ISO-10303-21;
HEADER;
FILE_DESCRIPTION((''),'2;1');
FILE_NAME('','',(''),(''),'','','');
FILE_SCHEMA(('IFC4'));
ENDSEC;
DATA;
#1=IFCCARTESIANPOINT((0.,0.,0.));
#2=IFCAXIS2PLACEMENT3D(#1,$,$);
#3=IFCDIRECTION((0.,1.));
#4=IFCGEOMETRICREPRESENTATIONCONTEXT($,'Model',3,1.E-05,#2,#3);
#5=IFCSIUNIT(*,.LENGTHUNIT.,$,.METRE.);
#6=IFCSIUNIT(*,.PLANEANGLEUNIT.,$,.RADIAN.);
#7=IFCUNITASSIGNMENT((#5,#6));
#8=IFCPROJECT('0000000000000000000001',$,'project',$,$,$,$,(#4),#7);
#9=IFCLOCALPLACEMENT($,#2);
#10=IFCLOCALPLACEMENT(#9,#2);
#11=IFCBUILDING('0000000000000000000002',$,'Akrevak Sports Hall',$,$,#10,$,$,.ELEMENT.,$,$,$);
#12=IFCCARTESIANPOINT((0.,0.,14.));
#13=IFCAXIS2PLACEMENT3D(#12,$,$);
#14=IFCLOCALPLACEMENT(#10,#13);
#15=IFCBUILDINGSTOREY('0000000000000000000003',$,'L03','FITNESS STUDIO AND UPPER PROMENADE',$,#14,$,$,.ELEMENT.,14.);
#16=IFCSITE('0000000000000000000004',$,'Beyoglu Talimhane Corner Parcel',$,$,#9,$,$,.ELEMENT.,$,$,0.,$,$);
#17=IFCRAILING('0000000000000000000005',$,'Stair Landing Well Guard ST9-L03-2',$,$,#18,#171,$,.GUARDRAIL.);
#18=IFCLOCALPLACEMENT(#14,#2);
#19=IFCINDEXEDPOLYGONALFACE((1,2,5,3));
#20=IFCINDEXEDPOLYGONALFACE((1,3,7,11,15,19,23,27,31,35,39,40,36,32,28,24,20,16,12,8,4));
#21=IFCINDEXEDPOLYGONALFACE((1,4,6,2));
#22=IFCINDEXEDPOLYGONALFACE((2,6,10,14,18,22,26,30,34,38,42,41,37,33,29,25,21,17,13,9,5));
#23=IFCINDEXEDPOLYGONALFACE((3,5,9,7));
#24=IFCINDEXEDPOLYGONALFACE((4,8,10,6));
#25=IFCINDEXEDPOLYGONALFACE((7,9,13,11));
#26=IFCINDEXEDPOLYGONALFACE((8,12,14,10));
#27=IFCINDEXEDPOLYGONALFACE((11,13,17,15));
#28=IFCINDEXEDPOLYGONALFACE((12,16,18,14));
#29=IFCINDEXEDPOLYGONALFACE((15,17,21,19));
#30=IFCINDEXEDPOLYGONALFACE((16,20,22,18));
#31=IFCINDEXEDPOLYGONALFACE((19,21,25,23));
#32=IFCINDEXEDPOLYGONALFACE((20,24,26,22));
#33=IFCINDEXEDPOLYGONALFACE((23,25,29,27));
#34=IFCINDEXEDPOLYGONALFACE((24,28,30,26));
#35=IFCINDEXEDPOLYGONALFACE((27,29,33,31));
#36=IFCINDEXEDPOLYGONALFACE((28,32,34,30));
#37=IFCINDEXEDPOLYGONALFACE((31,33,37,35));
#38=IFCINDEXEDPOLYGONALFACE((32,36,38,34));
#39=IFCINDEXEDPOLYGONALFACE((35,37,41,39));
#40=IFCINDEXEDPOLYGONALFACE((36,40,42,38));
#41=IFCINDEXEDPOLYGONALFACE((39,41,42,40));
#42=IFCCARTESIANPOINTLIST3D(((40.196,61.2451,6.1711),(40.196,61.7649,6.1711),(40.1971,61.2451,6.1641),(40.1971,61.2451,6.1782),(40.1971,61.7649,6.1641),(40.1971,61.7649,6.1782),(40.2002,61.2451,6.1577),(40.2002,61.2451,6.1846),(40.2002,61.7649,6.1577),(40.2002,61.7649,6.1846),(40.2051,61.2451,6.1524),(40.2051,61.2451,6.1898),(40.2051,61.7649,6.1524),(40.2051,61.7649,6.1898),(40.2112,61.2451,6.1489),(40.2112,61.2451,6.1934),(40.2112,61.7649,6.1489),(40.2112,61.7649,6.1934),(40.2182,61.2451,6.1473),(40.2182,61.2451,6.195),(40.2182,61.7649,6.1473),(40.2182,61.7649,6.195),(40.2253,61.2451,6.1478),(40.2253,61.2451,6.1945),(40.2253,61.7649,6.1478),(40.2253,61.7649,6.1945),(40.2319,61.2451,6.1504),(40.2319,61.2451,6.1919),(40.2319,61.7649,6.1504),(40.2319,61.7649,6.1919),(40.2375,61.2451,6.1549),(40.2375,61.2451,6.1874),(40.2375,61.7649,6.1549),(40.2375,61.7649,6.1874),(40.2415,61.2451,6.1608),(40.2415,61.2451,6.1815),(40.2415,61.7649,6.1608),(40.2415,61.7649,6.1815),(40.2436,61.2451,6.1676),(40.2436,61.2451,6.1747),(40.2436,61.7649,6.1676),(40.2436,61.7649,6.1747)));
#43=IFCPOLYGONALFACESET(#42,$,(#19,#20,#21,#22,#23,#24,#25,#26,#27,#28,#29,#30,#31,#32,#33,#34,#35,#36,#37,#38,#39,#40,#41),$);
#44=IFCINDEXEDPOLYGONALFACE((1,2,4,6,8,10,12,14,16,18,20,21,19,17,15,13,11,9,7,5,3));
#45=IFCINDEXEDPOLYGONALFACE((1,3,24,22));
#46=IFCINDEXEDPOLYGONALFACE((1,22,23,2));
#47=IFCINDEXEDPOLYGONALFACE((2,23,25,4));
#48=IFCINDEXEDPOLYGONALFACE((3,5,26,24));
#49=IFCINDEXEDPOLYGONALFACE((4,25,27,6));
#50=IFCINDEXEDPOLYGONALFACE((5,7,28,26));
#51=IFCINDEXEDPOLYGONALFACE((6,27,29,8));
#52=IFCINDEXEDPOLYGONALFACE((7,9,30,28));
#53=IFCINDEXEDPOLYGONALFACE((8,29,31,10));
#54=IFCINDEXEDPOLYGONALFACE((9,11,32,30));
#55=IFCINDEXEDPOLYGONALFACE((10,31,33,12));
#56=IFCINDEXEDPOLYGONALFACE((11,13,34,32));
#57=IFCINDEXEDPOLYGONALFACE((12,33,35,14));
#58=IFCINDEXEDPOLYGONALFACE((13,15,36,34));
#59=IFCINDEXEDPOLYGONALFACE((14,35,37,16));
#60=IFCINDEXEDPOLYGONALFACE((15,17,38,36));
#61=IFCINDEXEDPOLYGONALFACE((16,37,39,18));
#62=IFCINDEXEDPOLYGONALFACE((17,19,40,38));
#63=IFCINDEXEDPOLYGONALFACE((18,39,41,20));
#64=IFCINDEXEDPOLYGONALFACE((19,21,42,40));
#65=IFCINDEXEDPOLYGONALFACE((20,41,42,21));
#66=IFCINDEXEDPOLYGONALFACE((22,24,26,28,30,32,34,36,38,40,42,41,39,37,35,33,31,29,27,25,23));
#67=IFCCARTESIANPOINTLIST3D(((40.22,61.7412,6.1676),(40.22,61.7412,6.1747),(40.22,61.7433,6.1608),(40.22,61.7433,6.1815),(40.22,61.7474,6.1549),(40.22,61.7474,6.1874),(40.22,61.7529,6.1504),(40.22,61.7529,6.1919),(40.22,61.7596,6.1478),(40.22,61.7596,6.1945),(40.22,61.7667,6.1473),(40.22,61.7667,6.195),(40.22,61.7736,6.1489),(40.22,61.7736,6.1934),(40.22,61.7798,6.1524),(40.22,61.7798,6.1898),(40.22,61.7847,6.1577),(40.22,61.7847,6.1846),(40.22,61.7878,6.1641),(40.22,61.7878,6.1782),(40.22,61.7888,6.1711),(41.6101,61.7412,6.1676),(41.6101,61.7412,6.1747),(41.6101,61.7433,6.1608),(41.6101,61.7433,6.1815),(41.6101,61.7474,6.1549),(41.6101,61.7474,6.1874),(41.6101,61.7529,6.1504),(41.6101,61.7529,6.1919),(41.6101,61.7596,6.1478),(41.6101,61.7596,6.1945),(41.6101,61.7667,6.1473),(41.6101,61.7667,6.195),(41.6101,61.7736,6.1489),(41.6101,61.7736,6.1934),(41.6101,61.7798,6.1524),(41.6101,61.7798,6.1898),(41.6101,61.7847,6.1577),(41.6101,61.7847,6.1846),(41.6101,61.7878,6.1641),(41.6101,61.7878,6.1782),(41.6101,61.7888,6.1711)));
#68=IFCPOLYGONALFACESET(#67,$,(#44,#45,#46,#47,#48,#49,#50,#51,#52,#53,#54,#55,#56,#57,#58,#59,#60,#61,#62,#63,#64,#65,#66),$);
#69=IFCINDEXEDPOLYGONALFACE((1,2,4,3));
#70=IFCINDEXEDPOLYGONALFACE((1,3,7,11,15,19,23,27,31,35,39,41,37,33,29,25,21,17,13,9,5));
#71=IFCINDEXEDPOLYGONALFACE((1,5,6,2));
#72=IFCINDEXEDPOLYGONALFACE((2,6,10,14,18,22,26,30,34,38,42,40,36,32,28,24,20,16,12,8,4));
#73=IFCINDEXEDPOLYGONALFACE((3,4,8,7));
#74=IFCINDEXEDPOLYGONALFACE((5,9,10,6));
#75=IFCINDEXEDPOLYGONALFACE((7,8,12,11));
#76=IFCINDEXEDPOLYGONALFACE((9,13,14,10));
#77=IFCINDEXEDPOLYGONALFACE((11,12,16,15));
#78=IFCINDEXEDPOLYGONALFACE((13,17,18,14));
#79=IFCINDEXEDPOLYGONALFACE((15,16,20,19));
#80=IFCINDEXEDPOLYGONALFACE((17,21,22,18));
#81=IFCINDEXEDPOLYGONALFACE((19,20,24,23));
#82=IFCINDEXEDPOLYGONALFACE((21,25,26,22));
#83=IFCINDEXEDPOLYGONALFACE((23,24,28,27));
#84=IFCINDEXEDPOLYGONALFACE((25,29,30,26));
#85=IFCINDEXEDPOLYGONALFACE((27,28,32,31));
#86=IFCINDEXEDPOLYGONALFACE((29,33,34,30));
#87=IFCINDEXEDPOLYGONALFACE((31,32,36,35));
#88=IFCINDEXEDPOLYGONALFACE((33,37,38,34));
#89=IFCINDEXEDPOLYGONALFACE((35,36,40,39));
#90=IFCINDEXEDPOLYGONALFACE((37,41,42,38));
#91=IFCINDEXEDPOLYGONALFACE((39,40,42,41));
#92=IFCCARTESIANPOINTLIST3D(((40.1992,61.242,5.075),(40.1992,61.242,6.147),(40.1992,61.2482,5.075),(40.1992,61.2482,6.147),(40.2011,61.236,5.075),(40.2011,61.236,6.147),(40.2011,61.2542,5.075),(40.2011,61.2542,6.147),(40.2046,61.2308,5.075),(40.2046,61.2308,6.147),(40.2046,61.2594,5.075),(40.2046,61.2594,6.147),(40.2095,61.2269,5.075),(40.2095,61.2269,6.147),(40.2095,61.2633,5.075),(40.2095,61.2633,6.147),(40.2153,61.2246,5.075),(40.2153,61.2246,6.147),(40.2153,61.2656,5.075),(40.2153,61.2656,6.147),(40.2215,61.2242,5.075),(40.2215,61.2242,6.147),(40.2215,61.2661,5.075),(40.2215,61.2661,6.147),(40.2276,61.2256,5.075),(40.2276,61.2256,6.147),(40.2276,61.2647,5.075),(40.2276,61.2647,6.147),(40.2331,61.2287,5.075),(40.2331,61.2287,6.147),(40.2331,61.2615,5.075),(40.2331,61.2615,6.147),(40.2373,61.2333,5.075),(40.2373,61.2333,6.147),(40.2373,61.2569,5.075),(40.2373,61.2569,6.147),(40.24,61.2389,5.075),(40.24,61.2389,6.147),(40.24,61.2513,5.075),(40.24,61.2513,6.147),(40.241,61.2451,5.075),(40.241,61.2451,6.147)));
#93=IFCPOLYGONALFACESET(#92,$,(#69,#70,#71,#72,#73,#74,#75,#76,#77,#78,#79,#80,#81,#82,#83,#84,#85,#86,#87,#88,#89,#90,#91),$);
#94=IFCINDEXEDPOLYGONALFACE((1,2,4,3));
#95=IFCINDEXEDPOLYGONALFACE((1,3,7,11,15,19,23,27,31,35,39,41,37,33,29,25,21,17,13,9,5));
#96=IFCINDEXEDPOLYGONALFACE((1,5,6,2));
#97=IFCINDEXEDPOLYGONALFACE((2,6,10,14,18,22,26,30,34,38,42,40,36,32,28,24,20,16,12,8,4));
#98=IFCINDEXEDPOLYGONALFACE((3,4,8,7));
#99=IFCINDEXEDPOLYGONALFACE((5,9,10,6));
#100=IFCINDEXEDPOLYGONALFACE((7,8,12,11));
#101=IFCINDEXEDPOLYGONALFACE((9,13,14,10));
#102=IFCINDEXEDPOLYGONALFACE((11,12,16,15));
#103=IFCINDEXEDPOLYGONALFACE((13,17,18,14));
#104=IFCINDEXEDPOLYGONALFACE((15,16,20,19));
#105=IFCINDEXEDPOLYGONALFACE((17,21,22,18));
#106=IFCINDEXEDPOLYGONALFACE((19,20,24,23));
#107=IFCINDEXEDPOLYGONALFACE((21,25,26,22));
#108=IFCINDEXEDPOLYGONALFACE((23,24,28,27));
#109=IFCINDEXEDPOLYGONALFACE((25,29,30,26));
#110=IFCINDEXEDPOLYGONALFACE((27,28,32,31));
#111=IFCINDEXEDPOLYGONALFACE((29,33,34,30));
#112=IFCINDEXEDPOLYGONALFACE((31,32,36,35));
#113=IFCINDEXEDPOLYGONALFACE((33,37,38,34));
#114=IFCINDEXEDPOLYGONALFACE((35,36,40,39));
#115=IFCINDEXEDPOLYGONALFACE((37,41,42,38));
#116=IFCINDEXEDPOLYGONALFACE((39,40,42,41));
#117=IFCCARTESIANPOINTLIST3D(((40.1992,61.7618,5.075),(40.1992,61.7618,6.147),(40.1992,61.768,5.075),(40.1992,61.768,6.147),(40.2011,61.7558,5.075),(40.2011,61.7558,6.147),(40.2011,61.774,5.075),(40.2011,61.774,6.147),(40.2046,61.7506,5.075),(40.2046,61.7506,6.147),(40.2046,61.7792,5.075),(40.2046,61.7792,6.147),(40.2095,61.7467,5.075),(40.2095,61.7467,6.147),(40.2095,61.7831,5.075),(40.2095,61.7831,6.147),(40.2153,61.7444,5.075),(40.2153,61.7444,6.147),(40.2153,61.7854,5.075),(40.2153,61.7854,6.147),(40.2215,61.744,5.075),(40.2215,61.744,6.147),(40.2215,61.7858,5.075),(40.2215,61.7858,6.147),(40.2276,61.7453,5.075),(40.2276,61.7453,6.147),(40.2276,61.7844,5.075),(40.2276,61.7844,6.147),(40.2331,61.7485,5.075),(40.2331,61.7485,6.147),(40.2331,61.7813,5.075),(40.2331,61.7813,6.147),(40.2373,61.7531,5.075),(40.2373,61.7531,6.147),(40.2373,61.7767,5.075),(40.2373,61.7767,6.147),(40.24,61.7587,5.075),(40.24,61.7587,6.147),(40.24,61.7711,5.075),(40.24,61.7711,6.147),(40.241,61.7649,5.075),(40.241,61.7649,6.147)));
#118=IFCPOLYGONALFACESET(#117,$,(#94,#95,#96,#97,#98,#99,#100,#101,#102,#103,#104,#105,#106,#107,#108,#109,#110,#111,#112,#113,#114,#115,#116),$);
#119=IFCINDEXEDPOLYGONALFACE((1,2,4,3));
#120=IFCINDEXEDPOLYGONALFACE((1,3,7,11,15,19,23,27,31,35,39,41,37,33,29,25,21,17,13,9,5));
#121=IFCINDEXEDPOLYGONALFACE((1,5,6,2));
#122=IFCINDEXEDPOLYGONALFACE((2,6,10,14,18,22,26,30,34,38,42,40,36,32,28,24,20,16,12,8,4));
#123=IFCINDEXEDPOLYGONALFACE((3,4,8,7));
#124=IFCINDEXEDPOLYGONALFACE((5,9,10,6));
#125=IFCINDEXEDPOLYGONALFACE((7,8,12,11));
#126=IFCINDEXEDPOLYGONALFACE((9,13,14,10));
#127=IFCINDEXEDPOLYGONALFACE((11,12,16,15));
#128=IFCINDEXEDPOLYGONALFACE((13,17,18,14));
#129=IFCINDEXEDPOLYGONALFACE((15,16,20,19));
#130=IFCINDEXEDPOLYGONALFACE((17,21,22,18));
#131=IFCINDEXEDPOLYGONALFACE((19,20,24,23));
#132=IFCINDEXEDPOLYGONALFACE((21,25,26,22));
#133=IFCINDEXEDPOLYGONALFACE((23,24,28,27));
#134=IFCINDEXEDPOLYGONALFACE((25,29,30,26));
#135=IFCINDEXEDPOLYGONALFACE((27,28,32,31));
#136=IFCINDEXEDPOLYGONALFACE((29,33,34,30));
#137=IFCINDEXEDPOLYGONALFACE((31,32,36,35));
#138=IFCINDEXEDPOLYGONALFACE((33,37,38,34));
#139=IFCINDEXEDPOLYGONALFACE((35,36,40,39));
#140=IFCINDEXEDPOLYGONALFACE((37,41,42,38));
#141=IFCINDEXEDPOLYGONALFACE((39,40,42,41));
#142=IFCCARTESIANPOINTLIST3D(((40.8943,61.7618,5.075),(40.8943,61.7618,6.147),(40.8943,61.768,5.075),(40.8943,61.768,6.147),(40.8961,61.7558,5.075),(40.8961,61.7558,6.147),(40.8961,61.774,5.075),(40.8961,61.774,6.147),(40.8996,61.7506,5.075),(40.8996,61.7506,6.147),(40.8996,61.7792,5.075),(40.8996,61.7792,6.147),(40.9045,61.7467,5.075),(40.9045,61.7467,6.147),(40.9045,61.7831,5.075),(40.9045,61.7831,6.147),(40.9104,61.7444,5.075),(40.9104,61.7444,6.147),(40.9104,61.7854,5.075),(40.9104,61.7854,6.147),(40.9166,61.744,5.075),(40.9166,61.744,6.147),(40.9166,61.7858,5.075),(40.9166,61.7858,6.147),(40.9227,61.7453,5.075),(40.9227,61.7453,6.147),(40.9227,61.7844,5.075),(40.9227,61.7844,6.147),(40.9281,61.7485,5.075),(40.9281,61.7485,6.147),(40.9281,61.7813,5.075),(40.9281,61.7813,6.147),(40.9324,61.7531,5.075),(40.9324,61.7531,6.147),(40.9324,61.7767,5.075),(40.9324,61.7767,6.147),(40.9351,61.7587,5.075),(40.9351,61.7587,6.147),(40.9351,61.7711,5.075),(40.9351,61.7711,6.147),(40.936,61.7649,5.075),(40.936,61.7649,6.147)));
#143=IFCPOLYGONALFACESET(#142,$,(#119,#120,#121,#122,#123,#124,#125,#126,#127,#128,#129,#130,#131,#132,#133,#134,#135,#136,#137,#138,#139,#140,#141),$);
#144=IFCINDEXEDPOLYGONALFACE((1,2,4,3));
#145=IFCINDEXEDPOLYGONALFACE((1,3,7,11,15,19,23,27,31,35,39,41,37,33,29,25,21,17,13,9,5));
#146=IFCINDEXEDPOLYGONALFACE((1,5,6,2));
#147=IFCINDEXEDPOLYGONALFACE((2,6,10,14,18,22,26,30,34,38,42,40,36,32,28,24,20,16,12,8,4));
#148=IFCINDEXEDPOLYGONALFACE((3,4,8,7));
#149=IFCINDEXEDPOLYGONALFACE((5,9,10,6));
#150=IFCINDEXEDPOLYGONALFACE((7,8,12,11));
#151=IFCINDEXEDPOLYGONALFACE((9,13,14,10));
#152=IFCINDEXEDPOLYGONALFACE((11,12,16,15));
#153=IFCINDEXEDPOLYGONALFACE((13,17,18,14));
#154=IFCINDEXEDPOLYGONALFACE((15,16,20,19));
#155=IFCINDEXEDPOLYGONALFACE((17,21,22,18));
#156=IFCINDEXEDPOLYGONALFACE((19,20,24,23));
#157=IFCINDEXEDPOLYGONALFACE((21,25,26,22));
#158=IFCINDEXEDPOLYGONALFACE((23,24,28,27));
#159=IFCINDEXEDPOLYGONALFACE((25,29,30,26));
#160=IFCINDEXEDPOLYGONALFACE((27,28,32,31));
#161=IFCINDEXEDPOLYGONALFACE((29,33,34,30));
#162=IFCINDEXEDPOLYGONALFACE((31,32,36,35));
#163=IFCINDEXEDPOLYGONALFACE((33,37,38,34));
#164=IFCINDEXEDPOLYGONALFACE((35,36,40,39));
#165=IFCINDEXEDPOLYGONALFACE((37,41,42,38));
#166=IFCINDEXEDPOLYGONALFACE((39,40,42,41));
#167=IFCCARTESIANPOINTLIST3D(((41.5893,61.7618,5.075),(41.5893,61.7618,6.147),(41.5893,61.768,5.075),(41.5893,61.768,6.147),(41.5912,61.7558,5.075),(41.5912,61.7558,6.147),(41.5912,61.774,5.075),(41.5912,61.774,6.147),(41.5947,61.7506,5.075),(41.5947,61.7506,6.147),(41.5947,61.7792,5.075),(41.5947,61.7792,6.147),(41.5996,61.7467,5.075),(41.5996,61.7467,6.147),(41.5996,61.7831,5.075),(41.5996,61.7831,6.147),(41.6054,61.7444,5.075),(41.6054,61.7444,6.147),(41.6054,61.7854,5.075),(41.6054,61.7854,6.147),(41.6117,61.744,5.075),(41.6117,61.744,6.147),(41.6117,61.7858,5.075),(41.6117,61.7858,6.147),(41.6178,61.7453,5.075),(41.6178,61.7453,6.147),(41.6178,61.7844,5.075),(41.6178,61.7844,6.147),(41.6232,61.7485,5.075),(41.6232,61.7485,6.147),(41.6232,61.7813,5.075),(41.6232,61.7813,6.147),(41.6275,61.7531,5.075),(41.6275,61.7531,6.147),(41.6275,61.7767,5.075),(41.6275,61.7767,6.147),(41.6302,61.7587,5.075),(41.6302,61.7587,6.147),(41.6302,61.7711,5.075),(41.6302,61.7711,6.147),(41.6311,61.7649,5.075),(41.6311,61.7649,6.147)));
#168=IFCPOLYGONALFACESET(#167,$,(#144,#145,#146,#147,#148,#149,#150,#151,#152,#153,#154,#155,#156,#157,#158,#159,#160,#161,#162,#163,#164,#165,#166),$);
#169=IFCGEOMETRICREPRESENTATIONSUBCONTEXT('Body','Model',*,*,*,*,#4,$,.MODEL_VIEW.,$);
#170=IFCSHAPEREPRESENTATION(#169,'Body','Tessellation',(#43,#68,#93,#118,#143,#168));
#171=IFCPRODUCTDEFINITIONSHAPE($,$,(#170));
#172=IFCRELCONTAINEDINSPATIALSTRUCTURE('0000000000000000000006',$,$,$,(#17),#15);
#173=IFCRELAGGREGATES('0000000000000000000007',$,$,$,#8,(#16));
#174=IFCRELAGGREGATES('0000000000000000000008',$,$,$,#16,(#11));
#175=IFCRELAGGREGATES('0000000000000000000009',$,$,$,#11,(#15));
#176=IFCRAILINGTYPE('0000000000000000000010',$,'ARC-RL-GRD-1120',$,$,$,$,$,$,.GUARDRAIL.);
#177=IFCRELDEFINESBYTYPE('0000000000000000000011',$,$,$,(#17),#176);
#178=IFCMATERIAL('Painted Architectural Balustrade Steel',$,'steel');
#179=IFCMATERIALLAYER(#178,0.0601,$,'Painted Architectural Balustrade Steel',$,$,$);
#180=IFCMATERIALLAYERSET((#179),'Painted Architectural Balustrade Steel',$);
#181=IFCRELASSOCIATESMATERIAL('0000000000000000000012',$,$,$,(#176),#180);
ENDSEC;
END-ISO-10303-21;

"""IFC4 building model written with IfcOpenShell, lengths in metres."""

from ifc_helpers import new_model, si_unit, direction, frame, origin, origin_2d, place, context, subcontext, project, spatial, circle, extrude, material, layer, layer_set, type_object, element, save


model = new_model("IFC4")

# Units and contexts
model_context = context("Model", 3, precision=1e-05, world=origin(), true_north=direction((0.0, 1.0)))
body_context = subcontext(model_context, "Body", "Model", "MODEL_VIEW")
ifc_project = project(units=[si_unit("LENGTHUNIT", "METRE"), si_unit("PLANEANGLEUNIT", "RADIAN")], contexts=[model_context])

# Site, building, storey
site_placement = place(None, origin())
site = spatial("IfcSite", under=ifc_project, at=site_placement, Name="Beyoglu Talimhane Corner Parcel", CompositionType="ELEMENT", RefElevation=0.0)
building_placement = place(site_placement, origin())
building = spatial("IfcBuilding", under=site, at=building_placement, Name="Akrevak Sports Hall", CompositionType="ELEMENT")
storey_placement = place(building_placement, frame((0.0, 0.0, 14.0)))
storey = spatial("IfcBuildingStorey", under=building, at=storey_placement, Name="L03", Description="FITNESS STUDIO AND UPPER PROMENADE", CompositionType="ELEMENT", Elevation=14.0)

# Railing
ifc_material_1 = material(Name="Painted Architectural Balustrade Steel", Category="steel")
ifc_layer_1 = layer(ifc_material_1, 0.0601, Name="Painted Architectural Balustrade Steel")
ifc_layer_set_1 = layer_set([ifc_layer_1], Name="Painted Architectural Balustrade Steel")
railing_type_1 = type_object("IfcRailingType", Name="ARC-RL-GRD-1120", PredefinedType="GUARDRAIL", material=ifc_layer_set_1)
railing_1_placement = place(storey_placement, frame((40.22, 61.2451, 5.075)))
element("IfcRailing", 1, at=railing_1_placement, inside=storey, type_object=railing_type_1, Name="Stair Landing Well Guard ST9-L03-2", PredefinedType="GUARDRAIL", context=body_context, shape_type="SweptSolid", body=[
    extrude(circle(Radius=0.0239, at=origin_2d()), frame((0.0, 0.0, 1.0962), z_axis=(0.0, 1.0, 0.0), x_axis=(-1.0, 0.0, 0.0)), (0.0, 0.0, 1.0), 0.5198),
    extrude(circle(Radius=0.0239, at=origin_2d()), frame((0.0, 0.5198, 1.0962), z_axis=(1.0, 0.0, 0.0), x_axis=(0.0, 1.0, 0.0)), (0.0, 0.0, 1.0), 1.3901),
    extrude(circle(Radius=0.021, at=origin_2d()), origin(), (0.0, 0.0, 1.0), 1.072),
    extrude(circle(Radius=0.021, at=origin_2d()), frame((0.0, 0.5198, 0.0)), (0.0, 0.0, 1.0), 1.072),
    extrude(circle(Radius=0.021, at=origin_2d()), frame((0.6951, 0.5198, 0.0)), (0.0, 0.0, 1.0), 1.072),
    extrude(circle(Radius=0.021, at=origin_2d()), frame((1.3901, 0.5198, 0.0)), (0.0, 0.0, 1.0), 1.072),
])

save(model, "model.ifc")
